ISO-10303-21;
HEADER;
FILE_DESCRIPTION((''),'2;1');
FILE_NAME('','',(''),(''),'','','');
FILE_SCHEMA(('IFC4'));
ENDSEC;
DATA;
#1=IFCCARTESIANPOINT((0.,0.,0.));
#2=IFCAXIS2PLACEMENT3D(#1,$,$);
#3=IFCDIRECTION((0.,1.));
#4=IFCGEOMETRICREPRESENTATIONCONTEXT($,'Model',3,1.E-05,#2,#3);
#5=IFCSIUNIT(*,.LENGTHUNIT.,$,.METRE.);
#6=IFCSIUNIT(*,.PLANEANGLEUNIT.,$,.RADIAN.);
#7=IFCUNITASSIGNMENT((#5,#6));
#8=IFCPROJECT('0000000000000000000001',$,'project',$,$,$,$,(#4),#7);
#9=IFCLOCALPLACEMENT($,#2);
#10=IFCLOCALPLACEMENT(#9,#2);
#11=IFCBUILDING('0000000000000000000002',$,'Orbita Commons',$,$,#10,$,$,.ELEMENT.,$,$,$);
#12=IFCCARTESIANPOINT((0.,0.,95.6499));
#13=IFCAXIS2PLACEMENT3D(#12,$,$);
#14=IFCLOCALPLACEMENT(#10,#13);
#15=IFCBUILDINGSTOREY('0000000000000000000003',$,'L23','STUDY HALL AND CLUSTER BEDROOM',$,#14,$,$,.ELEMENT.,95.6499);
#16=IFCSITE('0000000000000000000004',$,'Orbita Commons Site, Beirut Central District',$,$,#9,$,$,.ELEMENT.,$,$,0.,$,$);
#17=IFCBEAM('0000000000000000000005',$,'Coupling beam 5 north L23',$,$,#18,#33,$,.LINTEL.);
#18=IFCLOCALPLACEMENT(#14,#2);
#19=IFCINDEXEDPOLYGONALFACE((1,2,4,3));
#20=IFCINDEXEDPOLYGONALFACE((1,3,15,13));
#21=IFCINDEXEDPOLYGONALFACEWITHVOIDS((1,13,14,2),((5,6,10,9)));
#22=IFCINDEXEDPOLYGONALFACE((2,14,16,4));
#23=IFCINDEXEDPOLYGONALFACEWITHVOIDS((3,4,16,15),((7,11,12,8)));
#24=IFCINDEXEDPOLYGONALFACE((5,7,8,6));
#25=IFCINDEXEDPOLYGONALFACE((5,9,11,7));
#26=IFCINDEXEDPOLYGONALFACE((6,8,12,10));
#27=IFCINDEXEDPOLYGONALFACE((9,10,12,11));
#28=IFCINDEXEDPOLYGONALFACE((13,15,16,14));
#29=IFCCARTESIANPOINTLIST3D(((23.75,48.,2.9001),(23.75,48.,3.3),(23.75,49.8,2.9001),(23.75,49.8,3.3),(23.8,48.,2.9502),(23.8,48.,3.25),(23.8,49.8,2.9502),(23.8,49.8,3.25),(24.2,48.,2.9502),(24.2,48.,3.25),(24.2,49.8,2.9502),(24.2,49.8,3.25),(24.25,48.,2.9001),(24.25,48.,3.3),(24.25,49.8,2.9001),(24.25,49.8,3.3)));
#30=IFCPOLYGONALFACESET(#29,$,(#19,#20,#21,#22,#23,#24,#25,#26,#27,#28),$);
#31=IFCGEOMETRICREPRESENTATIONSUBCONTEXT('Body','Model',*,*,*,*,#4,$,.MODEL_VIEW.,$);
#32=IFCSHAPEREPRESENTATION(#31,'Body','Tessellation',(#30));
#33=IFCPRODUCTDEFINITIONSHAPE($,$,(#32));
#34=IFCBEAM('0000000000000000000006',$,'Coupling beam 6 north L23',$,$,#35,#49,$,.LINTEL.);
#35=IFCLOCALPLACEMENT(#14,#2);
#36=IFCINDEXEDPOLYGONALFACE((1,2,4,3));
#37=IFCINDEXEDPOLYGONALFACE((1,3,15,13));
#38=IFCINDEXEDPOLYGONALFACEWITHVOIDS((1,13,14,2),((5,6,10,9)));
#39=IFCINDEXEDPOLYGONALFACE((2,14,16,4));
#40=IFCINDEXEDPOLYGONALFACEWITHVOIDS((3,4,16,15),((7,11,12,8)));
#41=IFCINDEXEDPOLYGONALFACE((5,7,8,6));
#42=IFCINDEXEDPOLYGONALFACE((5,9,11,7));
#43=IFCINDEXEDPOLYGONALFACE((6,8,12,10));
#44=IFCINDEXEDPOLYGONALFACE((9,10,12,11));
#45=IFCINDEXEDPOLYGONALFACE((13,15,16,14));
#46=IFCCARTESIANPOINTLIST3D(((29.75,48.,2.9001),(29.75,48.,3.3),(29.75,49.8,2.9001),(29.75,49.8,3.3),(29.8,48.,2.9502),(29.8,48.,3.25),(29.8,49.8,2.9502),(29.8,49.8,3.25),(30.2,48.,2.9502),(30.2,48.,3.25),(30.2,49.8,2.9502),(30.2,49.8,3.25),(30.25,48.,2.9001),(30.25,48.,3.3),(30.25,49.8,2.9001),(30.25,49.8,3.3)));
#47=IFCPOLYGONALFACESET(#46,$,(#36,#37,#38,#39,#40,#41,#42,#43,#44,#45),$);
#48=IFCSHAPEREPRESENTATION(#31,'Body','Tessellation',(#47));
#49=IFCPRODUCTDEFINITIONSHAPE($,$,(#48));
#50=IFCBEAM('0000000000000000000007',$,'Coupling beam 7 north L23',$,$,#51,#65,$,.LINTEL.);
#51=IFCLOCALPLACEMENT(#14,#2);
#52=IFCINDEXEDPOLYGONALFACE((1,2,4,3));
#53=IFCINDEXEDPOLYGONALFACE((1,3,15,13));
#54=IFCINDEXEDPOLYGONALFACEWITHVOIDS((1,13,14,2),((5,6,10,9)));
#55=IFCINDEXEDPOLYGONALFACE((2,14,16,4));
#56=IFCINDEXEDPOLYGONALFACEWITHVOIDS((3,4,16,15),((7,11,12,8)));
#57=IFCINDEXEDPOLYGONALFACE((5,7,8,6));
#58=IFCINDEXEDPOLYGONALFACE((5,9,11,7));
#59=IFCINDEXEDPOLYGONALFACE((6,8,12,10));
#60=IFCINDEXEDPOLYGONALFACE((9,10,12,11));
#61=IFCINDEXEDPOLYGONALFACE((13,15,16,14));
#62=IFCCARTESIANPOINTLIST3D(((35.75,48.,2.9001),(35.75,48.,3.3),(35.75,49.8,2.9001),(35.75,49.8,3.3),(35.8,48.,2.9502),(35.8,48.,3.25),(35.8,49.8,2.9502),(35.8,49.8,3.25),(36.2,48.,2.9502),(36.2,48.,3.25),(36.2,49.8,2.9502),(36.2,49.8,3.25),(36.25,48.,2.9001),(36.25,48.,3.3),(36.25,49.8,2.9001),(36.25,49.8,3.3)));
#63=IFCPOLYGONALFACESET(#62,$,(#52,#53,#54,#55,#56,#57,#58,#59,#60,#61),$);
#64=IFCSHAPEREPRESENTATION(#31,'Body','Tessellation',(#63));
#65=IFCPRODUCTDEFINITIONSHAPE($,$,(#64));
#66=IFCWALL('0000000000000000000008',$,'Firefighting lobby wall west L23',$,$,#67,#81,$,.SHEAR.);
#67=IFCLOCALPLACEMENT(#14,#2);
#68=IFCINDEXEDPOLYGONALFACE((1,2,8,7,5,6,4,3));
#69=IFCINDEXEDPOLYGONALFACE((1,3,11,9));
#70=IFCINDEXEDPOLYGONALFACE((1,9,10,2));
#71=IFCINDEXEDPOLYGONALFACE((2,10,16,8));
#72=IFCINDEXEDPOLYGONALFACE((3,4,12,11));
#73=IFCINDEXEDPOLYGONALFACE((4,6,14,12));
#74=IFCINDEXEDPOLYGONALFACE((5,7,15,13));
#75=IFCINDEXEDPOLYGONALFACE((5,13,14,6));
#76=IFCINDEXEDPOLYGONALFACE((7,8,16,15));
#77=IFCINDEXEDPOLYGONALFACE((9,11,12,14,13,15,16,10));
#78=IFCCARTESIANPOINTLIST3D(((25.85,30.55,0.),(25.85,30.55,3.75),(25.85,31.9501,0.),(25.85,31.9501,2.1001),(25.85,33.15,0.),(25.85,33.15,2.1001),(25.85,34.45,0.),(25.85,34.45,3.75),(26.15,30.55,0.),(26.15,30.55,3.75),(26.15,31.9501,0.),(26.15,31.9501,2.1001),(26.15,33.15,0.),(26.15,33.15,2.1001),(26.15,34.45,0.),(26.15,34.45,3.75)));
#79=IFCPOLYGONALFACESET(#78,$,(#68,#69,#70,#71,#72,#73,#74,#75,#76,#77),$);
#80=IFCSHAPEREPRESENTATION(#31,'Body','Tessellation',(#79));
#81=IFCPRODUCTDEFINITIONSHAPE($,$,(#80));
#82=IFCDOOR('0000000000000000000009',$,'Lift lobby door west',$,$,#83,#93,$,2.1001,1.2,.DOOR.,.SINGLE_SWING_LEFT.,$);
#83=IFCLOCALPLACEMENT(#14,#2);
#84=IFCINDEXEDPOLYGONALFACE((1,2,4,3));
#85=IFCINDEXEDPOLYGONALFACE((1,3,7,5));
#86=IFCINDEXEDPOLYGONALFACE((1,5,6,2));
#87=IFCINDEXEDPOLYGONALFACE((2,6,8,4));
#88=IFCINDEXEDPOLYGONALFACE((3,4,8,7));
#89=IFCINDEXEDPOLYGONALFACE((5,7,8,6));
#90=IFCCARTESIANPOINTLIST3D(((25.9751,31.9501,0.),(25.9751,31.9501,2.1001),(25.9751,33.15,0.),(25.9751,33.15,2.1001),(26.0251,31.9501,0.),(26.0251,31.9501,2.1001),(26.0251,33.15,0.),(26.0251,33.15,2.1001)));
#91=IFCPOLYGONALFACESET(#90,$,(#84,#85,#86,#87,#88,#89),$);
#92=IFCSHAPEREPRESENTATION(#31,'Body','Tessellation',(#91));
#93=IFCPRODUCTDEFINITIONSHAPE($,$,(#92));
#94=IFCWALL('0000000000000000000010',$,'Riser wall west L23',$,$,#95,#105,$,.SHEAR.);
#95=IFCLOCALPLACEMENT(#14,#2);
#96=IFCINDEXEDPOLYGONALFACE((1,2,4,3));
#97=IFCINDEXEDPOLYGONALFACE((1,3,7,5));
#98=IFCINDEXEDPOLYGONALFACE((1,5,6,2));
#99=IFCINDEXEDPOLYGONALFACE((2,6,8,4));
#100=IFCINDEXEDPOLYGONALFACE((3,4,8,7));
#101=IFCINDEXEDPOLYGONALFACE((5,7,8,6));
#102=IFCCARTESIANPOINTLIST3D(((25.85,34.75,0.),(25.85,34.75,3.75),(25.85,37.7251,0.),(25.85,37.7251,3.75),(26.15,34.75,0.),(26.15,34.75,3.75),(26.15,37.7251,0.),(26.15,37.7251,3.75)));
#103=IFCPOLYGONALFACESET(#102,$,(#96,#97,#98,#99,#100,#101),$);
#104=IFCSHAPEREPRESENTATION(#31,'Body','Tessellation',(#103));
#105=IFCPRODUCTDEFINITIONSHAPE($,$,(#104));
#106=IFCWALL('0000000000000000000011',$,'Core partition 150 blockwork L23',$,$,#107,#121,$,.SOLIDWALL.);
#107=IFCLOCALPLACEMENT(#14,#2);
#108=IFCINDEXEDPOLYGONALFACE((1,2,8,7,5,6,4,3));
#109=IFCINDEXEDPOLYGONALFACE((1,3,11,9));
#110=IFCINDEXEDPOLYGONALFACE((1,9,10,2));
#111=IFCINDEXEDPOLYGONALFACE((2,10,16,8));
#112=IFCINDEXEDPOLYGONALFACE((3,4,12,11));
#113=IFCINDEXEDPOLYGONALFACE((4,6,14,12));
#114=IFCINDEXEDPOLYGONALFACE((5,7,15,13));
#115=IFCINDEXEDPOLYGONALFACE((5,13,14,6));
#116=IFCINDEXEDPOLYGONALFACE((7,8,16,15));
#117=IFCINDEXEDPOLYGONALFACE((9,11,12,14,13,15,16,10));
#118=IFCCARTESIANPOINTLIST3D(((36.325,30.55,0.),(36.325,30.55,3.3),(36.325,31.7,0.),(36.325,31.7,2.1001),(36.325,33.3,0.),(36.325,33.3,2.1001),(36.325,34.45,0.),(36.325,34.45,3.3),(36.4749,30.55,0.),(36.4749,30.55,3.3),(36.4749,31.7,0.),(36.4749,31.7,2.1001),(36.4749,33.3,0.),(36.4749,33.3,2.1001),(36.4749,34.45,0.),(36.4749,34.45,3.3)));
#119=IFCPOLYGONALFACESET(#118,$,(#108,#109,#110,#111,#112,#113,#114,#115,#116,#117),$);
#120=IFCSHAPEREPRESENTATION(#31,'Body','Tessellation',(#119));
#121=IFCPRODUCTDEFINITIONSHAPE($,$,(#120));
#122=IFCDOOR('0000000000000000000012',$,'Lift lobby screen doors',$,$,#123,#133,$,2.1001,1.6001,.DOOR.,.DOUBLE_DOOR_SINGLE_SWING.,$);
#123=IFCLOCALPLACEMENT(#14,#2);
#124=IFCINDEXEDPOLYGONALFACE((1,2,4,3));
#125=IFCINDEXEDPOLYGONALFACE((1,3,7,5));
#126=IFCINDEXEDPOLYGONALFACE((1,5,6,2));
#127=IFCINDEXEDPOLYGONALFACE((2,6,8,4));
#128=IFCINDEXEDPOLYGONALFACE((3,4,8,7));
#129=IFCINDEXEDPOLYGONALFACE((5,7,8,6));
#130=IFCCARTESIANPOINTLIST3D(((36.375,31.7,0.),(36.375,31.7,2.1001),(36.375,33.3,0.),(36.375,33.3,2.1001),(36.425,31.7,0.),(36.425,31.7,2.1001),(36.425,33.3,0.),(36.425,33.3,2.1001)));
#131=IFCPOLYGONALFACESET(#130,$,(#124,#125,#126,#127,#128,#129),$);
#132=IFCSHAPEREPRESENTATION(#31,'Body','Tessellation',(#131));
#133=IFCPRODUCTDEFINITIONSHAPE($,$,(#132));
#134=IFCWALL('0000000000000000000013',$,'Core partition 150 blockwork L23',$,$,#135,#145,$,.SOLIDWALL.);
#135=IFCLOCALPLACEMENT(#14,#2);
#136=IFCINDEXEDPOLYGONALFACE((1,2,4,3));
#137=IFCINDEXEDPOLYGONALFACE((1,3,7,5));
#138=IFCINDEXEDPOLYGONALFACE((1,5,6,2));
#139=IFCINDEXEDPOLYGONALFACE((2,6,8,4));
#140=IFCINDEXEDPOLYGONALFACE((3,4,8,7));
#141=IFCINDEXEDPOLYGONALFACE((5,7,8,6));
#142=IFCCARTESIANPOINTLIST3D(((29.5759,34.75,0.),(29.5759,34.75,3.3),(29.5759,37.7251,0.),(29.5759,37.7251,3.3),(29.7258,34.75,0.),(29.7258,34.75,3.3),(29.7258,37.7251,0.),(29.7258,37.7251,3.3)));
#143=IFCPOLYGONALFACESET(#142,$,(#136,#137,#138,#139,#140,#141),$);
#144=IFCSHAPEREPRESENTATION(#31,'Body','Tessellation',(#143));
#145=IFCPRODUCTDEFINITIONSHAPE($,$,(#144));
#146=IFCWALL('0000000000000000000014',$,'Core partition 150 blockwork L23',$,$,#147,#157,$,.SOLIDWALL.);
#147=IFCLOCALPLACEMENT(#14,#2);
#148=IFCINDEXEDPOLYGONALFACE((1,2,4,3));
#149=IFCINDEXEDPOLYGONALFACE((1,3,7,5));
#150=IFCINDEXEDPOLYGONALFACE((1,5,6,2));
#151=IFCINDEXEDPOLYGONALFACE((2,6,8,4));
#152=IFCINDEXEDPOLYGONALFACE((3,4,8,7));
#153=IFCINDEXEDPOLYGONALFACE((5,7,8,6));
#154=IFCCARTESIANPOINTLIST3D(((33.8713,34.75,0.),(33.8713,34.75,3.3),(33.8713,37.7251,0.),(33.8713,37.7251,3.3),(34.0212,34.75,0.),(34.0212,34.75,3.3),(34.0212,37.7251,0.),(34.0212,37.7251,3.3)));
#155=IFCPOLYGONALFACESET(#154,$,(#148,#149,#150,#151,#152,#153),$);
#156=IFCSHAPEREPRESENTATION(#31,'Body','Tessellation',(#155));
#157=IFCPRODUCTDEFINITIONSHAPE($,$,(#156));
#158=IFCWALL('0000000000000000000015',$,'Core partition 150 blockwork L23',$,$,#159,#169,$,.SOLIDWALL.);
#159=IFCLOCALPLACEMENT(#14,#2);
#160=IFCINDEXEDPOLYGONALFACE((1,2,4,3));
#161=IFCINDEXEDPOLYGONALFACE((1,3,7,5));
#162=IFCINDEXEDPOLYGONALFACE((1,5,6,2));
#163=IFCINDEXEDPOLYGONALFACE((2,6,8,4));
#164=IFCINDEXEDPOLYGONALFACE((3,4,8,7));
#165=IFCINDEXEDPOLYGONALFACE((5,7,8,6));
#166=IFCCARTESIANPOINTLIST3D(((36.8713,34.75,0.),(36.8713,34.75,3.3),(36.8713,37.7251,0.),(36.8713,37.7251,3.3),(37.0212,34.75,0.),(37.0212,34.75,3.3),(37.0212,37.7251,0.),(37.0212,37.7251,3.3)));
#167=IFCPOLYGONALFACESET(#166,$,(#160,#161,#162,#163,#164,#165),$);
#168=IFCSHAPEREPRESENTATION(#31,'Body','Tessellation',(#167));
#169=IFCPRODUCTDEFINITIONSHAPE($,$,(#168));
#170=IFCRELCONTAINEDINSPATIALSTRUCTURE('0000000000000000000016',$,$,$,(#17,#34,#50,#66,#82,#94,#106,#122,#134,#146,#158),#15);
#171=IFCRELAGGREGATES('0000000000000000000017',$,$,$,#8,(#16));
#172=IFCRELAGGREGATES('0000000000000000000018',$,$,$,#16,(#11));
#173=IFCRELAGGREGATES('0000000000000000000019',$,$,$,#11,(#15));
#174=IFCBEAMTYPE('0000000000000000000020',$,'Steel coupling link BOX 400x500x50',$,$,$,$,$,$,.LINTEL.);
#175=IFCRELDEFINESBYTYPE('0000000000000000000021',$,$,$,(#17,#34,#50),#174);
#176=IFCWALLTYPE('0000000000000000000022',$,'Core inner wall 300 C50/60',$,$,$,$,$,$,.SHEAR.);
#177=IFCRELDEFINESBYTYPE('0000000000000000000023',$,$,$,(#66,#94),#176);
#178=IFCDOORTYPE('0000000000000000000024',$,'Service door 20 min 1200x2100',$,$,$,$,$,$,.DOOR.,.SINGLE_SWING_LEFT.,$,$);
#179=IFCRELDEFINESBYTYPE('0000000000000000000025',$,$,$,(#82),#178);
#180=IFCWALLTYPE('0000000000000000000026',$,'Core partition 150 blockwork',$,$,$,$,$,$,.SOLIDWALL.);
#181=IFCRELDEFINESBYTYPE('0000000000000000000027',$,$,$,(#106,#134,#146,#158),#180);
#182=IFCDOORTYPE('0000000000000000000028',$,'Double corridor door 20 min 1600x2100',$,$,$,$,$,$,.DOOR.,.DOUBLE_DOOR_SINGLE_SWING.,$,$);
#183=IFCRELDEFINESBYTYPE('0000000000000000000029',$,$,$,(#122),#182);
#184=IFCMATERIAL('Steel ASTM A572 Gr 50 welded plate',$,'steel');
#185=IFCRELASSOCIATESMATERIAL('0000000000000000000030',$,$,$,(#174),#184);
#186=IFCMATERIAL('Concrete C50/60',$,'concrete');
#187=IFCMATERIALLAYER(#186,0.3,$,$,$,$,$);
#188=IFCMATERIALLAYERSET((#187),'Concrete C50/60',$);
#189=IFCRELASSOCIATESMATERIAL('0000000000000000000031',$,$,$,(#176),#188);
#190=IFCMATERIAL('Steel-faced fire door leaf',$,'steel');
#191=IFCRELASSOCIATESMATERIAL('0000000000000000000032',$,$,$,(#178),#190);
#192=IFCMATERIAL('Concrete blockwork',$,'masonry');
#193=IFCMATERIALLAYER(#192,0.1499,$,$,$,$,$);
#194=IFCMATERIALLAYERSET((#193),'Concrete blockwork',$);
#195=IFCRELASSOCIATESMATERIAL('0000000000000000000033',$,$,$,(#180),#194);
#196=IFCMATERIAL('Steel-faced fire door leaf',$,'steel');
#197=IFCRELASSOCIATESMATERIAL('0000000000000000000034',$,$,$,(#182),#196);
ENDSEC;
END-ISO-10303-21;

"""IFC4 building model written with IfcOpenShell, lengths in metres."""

from ifc_helpers import new_model, si_unit, direction, frame, frame_2d, origin, origin_2d, place, context, subcontext, project, spatial, rectangle, hollow_rectangle, extrude, material, layer, layer_set, material_profile, profile_set, type_object, element, fill, save


model = new_model("IFC4")

# Units and contexts
model_context = context("Model", 3, precision=1e-05, world=origin(), true_north=direction((0.0, 1.0)))
body_context = subcontext(model_context, "Body", "Model", "MODEL_VIEW")
ifc_project = project(units=[si_unit("LENGTHUNIT", "METRE"), si_unit("PLANEANGLEUNIT", "RADIAN")], contexts=[model_context])

# Site, building, storey
site_placement = place(None, origin())
site = spatial("IfcSite", under=ifc_project, at=site_placement, Name="Orbita Commons Site, Beirut Central District", CompositionType="ELEMENT", RefElevation=0.0)
building_placement = place(site_placement, origin())
building = spatial("IfcBuilding", under=site, at=building_placement, Name="Orbita Commons", CompositionType="ELEMENT")
storey_placement = place(building_placement, frame((0.0, 0.0, 95.6499)))
storey = spatial("IfcBuildingStorey", under=building, at=storey_placement, Name="L23", Description="STUDY HALL AND CLUSTER BEDROOM", CompositionType="ELEMENT", Elevation=95.6499)

# Beams
ifc_material_1 = material(Name="Steel ASTM A572 Gr 50 welded plate", Category="steel")
ifc_material_profile = material_profile(ifc_material_1, hollow_rectangle(XDim=0.5, YDim=0.3999, WallThickness=0.05, at=origin_2d()), Name="BOX 400x500x50")
ifc_profile_set = profile_set([ifc_material_profile], Name="Steel ASTM A572 Gr 50 welded plate")
beam_type = type_object("IfcBeamType", Name="Steel coupling link BOX 400x500x50", PredefinedType="LINTEL", material=ifc_profile_set)
for number, where, z_axis, x_axis, name in (
    (1, (24.0, 48.0, 3.1001), (0.0, 1.0, 0.0), (-1.0, 0.0, 0.0), "Coupling beam 5 north L23"),
    (2, (30.0, 48.0, 3.1001), (0.0, 1.0, 0.0), (-1.0, 0.0, 0.0), "Coupling beam 6 north L23"),
    (3, (36.0, 48.0, 3.1001), (0.0, 1.0, 0.0), (-1.0, 0.0, 0.0), "Coupling beam 7 north L23"),
):
    element("IfcBeam", number, at=place(storey_placement, frame(where, z_axis=z_axis, x_axis=x_axis)), inside=storey, type_object=beam_type, Name=name, PredefinedType="LINTEL", context=body_context, shape_type="SweptSolid", body=[
        extrude(hollow_rectangle(XDim=0.5, YDim=0.3999, WallThickness=0.05, at=origin_2d()), origin(), (0.0, 0.0, 1.0), 1.8),
    ])

# Wall, opening, door
ifc_material_2 = material(Name="Concrete C50/60", Category="concrete")
ifc_layer_1 = layer(ifc_material_2, 0.3)
ifc_layer_set_1 = layer_set([ifc_layer_1], Name="Concrete C50/60")
wall_type_1 = type_object("IfcWallType", Name="Core inner wall 300 C50/60", PredefinedType="SHEAR", material=ifc_layer_set_1)
wall_1_placement = place(storey_placement, frame((26.0, 30.55, 0.0), z_axis=(0.0, 0.0, 1.0), x_axis=(0.0, 1.0, 0.0)))
wall_1 = element("IfcWall", 4, at=wall_1_placement, inside=storey, type_object=wall_type_1, Name="Firefighting lobby wall west L23", PredefinedType="SHEAR", context=body_context, shape_type="SweptSolid", body=[
    extrude(rectangle(XDim=3.8999, YDim=0.3, at=frame_2d((1.95, 0.0))), origin(), (0.0, 0.0, 1.0), 3.75),
])
opening_1_placement = place(wall_1_placement, frame((1.3999, 0.0, 0.0)))
opening_1 = element("IfcOpeningElement", 5, at=opening_1_placement, cuts=wall_1, PredefinedType="OPENING", context=body_context, shape_type="SweptSolid", body=[
    extrude(rectangle(XDim=1.2, YDim=2.1001, at=frame_2d((0.6001, 1.05))), frame((0.0, 0.1599, 0.0), z_axis=(0.0, -1.0, 0.0), x_axis=(1.0, 0.0, 0.0)), (0.0, 0.0, 1.0), 0.3201),
])
ifc_material_3 = material(Name="Steel-faced fire door leaf", Category="steel")
door_type_1 = type_object("IfcDoorType", Name="Service door 20 min 1200x2100", OperationType="SINGLE_SWING_LEFT", PredefinedType="DOOR", material=ifc_material_3)
door_1_placement = place(opening_1_placement, origin())
door_1 = element("IfcDoor", 6, at=door_1_placement, inside=storey, type_object=door_type_1, Name="Lift lobby door west", OperationType="SINGLE_SWING_LEFT", OverallHeight=2.1001, OverallWidth=1.2, PredefinedType="DOOR", context=body_context, shape_type="SweptSolid", body=[
    extrude(rectangle(XDim=1.2, YDim=2.1001, at=frame_2d((0.6001, 1.05))), frame((0.0, 0.0249, 0.0), z_axis=(0.0, -1.0, 0.0), x_axis=(1.0, 0.0, 0.0)), (0.0, 0.0, 1.0), 0.05),
])
fill(opening_1, door_1)

# Wall
wall_2_placement = place(storey_placement, frame((26.0, 34.75, 0.0), z_axis=(0.0, 0.0, 1.0), x_axis=(0.0, 1.0, 0.0)))
element("IfcWall", 7, at=wall_2_placement, inside=storey, type_object=wall_type_1, Name="Riser wall west L23", PredefinedType="SHEAR", context=body_context, shape_type="SweptSolid", body=[
    extrude(rectangle(XDim=2.9751, YDim=0.3, at=frame_2d((1.4875, 0.0))), origin(), (0.0, 0.0, 1.0), 3.75),
])

# Wall, opening, door
ifc_material_4 = material(Name="Concrete blockwork", Category="masonry")
ifc_layer_2 = layer(ifc_material_4, 0.1499)
ifc_layer_set_2 = layer_set([ifc_layer_2], Name="Concrete blockwork")
wall_type_2 = type_object("IfcWallType", Name="Core partition 150 blockwork", PredefinedType="SOLIDWALL", material=ifc_layer_set_2)
wall_3_placement = place(storey_placement, frame((36.3999, 30.55, 0.0), z_axis=(0.0, 0.0, 1.0), x_axis=(0.0, 1.0, 0.0)))
wall_3 = element("IfcWall", 8, at=wall_3_placement, inside=storey, type_object=wall_type_2, Name="Core partition 150 blockwork L23", PredefinedType="SOLIDWALL", context=body_context, shape_type="SweptSolid", body=[
    extrude(rectangle(XDim=3.8999, YDim=0.1499, at=frame_2d((1.95, 0.0))), origin(), (0.0, 0.0, 1.0), 3.3),
])
opening_2_placement = place(wall_3_placement, frame((1.1499, 0.0, 0.0)))
opening_2 = element("IfcOpeningElement", 9, at=opening_2_placement, cuts=wall_3, PredefinedType="OPENING", context=body_context, shape_type="SweptSolid", body=[
    extrude(rectangle(XDim=1.6001, YDim=2.1001, at=frame_2d((0.8, 1.05))), frame((0.0, 0.085, 0.0), z_axis=(0.0, -1.0, 0.0), x_axis=(1.0, 0.0, 0.0)), (0.0, 0.0, 1.0), 0.1699),
])
ifc_material_5 = material(Name="Steel-faced fire door leaf", Category="steel")
door_type_2 = type_object("IfcDoorType", Name="Double corridor door 20 min 1600x2100", OperationType="DOUBLE_DOOR_SINGLE_SWING", PredefinedType="DOOR", material=ifc_material_5)
door_2_placement = place(opening_2_placement, origin())
door_2 = element("IfcDoor", 10, at=door_2_placement, inside=storey, type_object=door_type_2, Name="Lift lobby screen doors", OperationType="DOUBLE_DOOR_SINGLE_SWING", OverallHeight=2.1001, OverallWidth=1.6001, PredefinedType="DOOR", context=body_context, shape_type="SweptSolid", body=[
    extrude(rectangle(XDim=1.6001, YDim=2.1001, at=frame_2d((0.8, 1.05))), frame((0.0, 0.0249, 0.0), z_axis=(0.0, -1.0, 0.0), x_axis=(1.0, 0.0, 0.0)), (0.0, 0.0, 1.0), 0.05),
])
fill(opening_2, door_2)

# Walls
for number, where, z_axis, x_axis, name in (
    (11, (29.6509, 34.75, 0.0), (0.0, 0.0, 1.0), (0.0, 1.0, 0.0), "Core partition 150 blockwork L23"),
    (12, (33.9463, 34.75, 0.0), (0.0, 0.0, 1.0), (0.0, 1.0, 0.0), "Core partition 150 blockwork L23"),
    (13, (36.9463, 34.75, 0.0), (0.0, 0.0, 1.0), (0.0, 1.0, 0.0), "Core partition 150 blockwork L23"),
):
    element("IfcWall", number, at=place(storey_placement, frame(where, z_axis=z_axis, x_axis=x_axis)), inside=storey, type_object=wall_type_2, Name=name, PredefinedType="SOLIDWALL", context=body_context, shape_type="SweptSolid", body=[
        extrude(rectangle(XDim=2.9751, YDim=0.1499, at=frame_2d((1.4875, 0.0))), origin(), (0.0, 0.0, 1.0), 3.3),
    ])

save(model, "model.ifc")
